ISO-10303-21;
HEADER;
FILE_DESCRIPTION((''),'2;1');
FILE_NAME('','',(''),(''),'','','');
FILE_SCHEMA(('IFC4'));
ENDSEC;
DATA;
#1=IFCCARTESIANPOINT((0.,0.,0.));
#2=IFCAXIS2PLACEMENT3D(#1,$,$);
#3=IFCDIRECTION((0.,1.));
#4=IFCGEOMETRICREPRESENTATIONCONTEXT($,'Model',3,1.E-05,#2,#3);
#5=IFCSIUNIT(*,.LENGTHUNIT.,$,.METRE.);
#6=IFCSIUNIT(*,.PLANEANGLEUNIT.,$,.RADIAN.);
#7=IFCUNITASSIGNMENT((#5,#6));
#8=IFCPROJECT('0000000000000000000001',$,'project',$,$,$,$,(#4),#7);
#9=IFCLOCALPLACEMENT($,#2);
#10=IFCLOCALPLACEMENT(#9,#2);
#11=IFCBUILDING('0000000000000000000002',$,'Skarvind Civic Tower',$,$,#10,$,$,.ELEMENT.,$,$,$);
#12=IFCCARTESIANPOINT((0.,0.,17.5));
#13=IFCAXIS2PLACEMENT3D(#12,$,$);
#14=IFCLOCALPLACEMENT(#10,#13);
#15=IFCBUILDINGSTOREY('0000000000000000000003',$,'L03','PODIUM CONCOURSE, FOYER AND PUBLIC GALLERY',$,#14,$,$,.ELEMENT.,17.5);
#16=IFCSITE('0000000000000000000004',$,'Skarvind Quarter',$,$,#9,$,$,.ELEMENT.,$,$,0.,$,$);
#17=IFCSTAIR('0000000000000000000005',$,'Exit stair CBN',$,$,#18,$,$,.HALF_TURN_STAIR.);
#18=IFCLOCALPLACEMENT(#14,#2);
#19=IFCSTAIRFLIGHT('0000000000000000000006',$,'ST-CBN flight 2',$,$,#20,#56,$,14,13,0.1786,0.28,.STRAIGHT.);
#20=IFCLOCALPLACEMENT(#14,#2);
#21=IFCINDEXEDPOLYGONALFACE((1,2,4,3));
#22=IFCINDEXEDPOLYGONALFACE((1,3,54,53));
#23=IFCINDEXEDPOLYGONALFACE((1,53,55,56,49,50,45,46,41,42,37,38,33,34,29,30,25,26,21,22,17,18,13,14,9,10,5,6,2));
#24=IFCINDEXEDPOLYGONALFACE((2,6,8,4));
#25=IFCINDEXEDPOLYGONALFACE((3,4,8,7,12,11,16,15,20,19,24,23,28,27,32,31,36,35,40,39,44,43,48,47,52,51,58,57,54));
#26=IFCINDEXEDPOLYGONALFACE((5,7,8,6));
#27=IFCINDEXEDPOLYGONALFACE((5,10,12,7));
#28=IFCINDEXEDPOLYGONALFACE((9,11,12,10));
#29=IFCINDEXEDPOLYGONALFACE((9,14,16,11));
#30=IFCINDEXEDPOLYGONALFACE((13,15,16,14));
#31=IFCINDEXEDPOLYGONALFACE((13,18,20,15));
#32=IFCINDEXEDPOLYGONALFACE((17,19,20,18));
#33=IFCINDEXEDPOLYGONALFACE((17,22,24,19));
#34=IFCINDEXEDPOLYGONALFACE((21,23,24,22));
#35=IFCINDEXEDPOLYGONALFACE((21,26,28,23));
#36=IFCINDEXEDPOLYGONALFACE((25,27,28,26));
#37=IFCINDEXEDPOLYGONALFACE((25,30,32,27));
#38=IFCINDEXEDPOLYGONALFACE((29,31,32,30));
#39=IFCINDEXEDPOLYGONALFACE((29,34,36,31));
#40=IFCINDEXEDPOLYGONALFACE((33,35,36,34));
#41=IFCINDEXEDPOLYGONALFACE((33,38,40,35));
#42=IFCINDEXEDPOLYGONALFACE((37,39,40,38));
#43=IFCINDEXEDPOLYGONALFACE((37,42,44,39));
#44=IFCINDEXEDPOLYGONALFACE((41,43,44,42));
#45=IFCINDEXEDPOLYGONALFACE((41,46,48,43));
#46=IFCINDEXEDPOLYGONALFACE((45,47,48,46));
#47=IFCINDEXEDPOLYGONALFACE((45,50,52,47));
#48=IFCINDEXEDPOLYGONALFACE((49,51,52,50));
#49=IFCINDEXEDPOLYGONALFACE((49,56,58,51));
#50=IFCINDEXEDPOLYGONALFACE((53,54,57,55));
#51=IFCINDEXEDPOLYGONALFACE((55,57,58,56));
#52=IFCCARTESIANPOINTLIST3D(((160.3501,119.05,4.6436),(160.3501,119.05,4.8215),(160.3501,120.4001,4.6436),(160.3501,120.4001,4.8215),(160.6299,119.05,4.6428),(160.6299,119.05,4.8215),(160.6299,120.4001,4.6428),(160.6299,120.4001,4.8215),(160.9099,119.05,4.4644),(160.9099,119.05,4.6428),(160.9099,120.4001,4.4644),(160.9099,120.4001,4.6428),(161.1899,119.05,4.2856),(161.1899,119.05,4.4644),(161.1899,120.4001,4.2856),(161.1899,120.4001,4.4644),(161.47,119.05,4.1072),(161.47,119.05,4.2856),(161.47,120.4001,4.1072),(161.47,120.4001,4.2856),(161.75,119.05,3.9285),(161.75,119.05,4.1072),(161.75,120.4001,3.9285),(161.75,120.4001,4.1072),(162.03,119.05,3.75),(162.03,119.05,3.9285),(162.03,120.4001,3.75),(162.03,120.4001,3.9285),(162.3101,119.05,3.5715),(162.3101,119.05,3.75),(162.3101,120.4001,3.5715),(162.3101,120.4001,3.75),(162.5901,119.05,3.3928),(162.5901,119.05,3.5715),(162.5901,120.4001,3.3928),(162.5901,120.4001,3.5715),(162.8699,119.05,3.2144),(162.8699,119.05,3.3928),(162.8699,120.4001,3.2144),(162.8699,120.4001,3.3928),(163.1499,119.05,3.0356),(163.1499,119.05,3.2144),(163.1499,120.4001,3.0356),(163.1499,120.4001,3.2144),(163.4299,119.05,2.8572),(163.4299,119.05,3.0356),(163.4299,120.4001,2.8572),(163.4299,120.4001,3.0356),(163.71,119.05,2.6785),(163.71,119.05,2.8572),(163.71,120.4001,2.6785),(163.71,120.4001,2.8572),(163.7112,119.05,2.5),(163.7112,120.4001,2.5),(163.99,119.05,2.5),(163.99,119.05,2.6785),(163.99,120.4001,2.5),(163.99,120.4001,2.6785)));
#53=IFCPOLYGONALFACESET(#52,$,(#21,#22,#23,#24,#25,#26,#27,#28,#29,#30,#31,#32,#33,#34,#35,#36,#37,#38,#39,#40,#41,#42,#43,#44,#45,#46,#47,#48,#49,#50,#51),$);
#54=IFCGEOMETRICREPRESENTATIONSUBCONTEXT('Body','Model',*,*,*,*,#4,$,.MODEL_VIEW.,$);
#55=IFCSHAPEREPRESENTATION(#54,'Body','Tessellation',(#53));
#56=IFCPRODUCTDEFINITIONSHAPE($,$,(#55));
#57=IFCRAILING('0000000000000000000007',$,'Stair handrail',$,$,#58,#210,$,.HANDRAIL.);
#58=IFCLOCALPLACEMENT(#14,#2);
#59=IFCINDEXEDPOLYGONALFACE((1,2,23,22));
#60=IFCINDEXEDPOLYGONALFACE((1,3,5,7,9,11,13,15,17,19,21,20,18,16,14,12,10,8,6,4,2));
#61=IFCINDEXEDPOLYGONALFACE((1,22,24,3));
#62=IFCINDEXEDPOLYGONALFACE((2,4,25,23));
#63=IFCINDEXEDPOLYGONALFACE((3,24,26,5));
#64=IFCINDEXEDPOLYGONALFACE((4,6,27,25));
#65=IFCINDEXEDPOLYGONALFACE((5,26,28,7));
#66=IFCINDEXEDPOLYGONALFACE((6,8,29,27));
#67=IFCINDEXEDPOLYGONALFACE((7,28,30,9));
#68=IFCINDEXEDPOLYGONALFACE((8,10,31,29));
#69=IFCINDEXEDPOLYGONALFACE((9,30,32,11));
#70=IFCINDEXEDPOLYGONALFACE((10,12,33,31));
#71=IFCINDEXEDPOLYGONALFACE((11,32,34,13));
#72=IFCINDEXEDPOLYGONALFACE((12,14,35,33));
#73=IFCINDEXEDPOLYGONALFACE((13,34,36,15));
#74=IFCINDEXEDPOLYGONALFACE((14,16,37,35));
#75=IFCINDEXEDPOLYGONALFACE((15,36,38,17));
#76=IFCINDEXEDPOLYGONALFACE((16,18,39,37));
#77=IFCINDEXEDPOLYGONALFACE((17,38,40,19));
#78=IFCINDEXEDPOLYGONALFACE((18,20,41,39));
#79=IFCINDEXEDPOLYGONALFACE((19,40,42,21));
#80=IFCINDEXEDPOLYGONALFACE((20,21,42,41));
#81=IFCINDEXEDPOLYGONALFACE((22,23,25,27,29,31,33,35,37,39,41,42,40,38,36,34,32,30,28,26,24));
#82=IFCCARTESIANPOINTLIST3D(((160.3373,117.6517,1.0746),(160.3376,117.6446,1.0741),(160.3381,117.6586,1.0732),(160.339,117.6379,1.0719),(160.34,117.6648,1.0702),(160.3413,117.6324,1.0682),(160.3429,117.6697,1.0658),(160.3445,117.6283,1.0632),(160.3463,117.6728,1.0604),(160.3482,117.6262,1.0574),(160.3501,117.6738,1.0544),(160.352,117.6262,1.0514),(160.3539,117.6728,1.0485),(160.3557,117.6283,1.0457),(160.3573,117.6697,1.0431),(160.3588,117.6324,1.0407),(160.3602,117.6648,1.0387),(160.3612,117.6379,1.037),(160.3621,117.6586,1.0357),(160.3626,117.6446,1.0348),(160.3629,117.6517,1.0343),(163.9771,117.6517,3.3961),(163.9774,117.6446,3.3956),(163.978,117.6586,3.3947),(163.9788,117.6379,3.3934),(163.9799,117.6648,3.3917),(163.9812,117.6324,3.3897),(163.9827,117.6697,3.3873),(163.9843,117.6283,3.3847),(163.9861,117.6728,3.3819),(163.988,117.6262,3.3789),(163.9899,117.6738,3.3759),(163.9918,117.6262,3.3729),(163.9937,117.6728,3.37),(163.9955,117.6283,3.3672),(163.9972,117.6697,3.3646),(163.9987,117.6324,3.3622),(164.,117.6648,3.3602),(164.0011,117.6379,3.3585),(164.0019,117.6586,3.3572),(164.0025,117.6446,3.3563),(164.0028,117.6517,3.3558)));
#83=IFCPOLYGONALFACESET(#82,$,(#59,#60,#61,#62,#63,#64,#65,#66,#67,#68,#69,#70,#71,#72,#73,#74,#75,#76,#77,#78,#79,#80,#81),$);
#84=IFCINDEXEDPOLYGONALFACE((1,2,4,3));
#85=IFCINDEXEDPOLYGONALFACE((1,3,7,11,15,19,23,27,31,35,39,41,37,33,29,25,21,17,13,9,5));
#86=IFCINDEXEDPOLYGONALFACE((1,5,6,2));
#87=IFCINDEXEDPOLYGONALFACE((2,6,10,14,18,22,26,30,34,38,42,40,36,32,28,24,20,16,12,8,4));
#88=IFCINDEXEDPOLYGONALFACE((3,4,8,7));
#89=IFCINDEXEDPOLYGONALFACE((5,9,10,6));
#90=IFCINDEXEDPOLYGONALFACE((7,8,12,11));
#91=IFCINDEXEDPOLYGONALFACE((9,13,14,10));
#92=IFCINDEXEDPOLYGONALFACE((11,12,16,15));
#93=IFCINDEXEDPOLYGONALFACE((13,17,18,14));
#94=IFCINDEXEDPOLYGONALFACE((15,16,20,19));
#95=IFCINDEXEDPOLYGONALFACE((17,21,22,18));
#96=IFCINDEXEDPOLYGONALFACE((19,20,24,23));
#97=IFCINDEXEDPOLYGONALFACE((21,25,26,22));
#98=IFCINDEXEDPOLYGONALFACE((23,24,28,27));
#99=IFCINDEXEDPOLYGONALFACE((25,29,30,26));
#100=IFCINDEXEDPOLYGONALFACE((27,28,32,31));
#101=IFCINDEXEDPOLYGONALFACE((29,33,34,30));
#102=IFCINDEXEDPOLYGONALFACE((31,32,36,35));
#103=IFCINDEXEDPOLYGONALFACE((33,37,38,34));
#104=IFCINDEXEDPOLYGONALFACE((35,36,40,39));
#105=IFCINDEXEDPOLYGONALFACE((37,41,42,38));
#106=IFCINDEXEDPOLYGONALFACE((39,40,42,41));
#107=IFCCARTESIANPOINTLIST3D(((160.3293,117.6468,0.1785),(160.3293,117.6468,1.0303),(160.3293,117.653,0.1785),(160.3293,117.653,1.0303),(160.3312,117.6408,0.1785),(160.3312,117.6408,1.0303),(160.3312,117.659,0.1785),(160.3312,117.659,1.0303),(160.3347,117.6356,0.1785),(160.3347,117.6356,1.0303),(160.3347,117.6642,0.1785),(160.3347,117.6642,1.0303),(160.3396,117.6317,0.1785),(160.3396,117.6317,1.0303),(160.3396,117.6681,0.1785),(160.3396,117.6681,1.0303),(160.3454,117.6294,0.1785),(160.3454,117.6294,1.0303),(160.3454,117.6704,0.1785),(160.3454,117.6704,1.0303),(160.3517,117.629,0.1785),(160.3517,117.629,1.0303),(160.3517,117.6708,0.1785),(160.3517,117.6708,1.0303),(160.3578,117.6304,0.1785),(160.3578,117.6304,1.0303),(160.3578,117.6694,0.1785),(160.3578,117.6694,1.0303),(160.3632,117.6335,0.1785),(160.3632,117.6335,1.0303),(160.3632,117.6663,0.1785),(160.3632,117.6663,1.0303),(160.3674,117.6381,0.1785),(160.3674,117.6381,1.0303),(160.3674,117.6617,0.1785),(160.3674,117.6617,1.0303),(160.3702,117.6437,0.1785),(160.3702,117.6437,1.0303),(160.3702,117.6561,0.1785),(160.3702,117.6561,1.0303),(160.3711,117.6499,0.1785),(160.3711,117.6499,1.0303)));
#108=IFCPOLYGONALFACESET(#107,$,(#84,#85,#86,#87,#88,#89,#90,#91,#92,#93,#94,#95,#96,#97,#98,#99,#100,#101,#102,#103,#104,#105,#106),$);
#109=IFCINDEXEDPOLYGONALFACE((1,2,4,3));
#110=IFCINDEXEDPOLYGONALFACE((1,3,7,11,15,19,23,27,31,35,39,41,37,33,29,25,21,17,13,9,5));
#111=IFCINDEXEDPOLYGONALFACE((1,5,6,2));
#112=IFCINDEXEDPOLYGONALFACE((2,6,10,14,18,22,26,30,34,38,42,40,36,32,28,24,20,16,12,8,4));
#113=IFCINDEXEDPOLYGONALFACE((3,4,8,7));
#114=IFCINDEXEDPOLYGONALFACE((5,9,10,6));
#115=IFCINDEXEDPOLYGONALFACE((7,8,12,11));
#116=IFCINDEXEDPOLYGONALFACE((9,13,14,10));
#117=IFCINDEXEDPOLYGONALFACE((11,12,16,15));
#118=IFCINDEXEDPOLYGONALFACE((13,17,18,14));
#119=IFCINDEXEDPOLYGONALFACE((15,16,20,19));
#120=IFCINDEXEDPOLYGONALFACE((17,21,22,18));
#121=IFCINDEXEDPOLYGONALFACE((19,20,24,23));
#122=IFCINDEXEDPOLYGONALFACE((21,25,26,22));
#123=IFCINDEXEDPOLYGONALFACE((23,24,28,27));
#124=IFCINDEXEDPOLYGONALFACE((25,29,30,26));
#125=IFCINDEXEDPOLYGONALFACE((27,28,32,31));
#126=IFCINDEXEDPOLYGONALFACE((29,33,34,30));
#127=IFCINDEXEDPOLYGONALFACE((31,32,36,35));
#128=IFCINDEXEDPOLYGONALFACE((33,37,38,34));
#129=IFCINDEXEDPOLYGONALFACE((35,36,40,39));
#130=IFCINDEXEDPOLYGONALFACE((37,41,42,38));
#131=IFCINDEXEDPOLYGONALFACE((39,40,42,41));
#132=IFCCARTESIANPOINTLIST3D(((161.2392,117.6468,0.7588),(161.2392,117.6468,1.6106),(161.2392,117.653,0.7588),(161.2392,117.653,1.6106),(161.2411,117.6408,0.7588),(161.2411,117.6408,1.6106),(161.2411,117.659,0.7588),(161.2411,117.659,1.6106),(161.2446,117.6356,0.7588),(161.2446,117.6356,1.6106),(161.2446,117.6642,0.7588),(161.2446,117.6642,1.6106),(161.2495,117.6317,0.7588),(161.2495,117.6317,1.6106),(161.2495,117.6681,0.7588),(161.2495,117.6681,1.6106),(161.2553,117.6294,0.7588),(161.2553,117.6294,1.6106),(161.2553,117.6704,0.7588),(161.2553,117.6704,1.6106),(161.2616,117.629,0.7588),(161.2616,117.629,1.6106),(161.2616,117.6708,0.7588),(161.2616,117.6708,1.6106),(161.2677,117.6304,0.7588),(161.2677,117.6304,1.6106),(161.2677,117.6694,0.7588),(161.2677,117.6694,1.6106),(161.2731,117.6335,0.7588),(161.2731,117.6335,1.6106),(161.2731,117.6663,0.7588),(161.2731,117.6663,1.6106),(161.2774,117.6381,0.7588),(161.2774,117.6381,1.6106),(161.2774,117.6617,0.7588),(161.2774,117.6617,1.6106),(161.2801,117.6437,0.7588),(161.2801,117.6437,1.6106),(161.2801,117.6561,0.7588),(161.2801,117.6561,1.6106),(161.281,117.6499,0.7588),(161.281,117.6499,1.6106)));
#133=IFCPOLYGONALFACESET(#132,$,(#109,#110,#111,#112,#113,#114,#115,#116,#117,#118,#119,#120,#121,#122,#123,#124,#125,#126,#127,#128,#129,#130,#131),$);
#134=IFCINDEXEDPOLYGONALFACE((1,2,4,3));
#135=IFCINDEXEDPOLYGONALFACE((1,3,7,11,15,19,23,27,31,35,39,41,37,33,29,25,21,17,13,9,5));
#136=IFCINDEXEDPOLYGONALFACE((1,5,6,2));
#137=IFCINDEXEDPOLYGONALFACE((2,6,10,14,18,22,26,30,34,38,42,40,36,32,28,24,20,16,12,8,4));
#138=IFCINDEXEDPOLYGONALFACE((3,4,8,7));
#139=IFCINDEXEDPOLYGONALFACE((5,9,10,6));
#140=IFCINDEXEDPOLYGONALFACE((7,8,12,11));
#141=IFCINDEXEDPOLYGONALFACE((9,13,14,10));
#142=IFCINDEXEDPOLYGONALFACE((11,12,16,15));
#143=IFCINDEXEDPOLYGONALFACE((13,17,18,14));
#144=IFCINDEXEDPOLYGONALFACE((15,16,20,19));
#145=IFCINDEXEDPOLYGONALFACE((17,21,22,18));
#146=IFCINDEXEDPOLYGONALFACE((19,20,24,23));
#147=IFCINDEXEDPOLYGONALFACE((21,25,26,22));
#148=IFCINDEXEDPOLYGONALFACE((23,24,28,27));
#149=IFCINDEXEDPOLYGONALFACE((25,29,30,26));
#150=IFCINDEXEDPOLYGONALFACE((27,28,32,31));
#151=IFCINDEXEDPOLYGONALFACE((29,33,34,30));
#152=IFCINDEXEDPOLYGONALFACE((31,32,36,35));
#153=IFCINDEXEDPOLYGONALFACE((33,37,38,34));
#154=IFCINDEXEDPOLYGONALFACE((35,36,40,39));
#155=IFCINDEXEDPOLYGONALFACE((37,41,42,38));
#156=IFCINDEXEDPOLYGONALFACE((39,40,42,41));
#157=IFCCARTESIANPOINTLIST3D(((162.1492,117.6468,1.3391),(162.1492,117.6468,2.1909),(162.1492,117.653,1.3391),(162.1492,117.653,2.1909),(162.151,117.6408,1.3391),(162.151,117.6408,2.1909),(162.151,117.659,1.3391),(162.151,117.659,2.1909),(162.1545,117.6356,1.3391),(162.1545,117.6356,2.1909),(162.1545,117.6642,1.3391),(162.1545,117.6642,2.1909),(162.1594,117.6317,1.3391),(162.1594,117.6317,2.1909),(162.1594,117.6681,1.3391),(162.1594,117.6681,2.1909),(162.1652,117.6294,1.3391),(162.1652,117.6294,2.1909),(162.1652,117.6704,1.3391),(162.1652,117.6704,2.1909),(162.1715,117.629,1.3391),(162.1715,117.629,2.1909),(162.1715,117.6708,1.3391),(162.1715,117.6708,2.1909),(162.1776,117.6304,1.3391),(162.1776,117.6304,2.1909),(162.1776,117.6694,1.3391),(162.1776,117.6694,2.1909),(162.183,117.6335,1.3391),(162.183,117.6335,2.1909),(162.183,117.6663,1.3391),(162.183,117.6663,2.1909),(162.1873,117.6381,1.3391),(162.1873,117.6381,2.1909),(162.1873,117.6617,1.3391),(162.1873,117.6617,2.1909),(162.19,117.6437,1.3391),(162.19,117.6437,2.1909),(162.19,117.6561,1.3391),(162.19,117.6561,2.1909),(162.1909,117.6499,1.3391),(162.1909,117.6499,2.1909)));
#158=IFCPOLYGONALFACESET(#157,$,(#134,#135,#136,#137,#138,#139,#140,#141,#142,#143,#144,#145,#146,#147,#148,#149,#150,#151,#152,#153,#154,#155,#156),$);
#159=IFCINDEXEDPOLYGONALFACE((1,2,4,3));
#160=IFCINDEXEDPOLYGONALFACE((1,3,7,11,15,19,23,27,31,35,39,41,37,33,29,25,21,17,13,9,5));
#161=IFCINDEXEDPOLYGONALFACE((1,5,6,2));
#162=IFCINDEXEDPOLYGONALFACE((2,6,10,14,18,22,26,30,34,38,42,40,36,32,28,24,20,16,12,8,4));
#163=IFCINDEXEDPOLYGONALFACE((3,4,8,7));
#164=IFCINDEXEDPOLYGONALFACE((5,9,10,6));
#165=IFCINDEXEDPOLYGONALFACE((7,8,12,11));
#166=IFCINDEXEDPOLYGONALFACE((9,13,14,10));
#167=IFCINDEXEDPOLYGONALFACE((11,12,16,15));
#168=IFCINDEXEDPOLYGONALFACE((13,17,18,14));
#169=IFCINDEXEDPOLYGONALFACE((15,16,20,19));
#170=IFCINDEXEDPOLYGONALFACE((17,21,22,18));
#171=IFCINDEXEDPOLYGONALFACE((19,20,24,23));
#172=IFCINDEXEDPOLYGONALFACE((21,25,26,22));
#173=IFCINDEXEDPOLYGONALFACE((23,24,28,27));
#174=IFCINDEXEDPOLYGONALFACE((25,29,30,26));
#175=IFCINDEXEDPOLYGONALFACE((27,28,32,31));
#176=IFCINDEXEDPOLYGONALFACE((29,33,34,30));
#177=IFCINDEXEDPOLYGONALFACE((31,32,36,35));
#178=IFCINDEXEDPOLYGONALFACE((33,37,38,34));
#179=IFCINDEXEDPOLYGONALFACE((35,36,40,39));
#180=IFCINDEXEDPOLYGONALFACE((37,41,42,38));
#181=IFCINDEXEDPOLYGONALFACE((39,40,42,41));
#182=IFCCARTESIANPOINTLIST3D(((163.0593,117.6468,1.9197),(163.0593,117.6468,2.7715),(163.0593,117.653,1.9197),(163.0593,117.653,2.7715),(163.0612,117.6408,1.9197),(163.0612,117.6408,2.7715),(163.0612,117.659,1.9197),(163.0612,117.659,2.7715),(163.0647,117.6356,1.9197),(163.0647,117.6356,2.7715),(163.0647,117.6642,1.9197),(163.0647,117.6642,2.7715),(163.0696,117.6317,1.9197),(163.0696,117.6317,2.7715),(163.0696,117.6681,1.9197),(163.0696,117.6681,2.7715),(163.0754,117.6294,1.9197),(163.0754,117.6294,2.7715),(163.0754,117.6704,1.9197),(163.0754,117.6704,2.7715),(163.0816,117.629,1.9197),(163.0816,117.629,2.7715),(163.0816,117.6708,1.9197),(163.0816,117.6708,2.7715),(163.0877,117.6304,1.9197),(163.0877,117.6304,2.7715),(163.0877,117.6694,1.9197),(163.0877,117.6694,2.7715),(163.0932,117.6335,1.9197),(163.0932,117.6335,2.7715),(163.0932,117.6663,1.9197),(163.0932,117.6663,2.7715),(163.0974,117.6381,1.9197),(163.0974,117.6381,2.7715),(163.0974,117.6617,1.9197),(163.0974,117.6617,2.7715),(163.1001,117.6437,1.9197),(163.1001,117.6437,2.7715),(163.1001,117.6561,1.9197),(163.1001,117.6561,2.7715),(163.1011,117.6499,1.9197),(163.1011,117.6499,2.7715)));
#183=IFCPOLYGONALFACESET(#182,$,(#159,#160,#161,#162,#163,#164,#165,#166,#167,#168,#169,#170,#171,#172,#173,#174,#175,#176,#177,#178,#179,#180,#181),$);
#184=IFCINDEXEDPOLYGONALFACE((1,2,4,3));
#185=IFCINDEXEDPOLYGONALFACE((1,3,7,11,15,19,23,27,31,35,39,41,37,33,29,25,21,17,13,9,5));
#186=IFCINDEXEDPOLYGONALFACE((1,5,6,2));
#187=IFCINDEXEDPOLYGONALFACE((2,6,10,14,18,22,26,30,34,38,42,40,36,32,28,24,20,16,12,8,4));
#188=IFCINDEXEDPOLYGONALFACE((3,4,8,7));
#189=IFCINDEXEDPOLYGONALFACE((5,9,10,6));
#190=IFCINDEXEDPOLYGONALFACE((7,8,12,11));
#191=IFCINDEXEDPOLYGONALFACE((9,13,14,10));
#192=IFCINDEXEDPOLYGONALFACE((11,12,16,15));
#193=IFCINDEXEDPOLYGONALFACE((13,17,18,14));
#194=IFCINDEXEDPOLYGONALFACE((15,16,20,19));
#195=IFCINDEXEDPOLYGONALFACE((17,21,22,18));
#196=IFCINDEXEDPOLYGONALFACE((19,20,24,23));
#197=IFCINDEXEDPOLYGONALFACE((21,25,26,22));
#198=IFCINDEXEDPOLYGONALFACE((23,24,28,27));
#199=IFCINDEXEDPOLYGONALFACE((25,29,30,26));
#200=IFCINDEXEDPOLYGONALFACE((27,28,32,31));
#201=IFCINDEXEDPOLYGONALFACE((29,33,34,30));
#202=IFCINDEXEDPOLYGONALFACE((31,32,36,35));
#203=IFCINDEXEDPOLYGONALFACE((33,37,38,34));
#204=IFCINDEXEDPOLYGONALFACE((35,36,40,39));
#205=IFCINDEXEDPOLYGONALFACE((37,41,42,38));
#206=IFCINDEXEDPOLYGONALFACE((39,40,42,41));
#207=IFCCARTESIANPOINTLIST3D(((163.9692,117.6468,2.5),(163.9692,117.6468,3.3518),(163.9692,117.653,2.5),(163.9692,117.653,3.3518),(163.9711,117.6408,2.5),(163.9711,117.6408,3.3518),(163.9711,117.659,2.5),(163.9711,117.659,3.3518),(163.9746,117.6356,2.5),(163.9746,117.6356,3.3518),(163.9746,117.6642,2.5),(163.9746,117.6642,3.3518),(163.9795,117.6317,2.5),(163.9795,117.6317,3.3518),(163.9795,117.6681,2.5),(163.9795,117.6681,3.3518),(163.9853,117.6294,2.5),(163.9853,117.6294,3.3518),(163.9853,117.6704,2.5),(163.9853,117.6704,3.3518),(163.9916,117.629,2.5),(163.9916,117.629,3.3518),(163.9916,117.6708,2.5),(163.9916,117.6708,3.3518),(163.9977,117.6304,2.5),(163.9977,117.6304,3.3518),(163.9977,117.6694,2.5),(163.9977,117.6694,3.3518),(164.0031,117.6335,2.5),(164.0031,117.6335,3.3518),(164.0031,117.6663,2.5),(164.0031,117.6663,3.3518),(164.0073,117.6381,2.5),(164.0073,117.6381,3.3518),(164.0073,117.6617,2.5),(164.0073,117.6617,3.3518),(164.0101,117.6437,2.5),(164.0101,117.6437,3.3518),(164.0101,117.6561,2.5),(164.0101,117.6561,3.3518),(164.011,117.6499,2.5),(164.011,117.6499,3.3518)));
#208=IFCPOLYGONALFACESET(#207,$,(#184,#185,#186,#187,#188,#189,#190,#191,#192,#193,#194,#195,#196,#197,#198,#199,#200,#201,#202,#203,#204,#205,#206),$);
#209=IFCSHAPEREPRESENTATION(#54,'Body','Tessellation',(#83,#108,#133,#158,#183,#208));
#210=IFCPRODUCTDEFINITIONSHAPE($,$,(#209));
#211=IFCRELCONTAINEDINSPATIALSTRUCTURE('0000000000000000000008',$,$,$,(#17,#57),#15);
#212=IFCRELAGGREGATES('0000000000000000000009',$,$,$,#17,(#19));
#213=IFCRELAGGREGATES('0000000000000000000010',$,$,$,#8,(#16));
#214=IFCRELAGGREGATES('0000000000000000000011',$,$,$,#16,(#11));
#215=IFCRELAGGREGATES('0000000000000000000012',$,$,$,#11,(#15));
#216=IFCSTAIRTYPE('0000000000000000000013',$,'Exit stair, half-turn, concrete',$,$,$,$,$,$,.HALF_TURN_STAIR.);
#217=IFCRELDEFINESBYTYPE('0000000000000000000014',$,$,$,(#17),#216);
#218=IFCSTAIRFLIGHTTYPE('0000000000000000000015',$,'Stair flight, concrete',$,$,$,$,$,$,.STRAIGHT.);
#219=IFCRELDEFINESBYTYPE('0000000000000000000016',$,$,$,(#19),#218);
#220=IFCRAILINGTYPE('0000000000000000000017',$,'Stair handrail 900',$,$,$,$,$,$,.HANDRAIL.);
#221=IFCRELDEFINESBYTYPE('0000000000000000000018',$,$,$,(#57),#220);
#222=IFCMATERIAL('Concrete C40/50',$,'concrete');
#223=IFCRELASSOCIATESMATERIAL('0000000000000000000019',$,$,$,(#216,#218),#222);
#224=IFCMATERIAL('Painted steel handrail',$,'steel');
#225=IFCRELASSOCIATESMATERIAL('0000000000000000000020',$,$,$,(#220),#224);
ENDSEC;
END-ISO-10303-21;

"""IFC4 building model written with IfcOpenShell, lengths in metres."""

from ifc_helpers import new_model, si_unit, direction, frame, origin, origin_2d, place, context, subcontext, project, spatial, polyline, circle, outline, extrude, material, type_object, element, aggregate, save


model = new_model("IFC4")

# Units and contexts
model_context = context("Model", 3, precision=1e-05, world=origin(), true_north=direction((0.0, 1.0)))
body_context = subcontext(model_context, "Body", "Model", "MODEL_VIEW")
ifc_project = project(units=[si_unit("LENGTHUNIT", "METRE"), si_unit("PLANEANGLEUNIT", "RADIAN")], contexts=[model_context])

# Site, building, storey
site_placement = place(None, origin())
site = spatial("IfcSite", under=ifc_project, at=site_placement, Name="Skarvind Quarter", CompositionType="ELEMENT", RefElevation=0.0)
building_placement = place(site_placement, origin())
building = spatial("IfcBuilding", under=site, at=building_placement, Name="Skarvind Civic Tower", CompositionType="ELEMENT")
storey_placement = place(building_placement, frame((0.0, 0.0, 17.5)))
storey = spatial("IfcBuildingStorey", under=building, at=storey_placement, Name="L03", Description="PODIUM CONCOURSE, FOYER AND PUBLIC GALLERY", CompositionType="ELEMENT", Elevation=17.5)

# Stair, stair flight
ifc_material_1 = material(Name="Concrete C40/50", Category="concrete")
stair_type = type_object("IfcStairType", Name="Exit stair, half-turn, concrete", PredefinedType="HALF_TURN_STAIR", material=ifc_material_1)
stair_placement = place(storey_placement, origin())
stair = element("IfcStair", 1, at=stair_placement, inside=storey, type_object=stair_type, Name="Exit stair CBN", PredefinedType="HALF_TURN_STAIR")
stair_flight_type = type_object("IfcStairFlightType", Name="Stair flight, concrete", PredefinedType="STRAIGHT", material=ifc_material_1)
stair_flight_1_placement = place(storey_placement, frame((163.99, 119.7251, 2.5), z_axis=(0.0, 0.0, 1.0), x_axis=(-1.0, 0.0, 0.0)))
stair_flight_1 = element("IfcStairFlight", 2, at=stair_flight_1_placement, type_object=stair_flight_type, Name="ST-CBN flight 2", NumberOfRisers=14, NumberOfTreads=13, PredefinedType="STRAIGHT", RiserHeight=0.1786, TreadLength=0.28, context=body_context, shape_type="SweptSolid", body=[
    extrude(outline(polyline([(0.0, 0.0), (0.0, 0.1785), (0.28, 0.1785), (0.28, 0.3572), (0.5601, 0.3572), (0.5601, 0.5356), (0.8401, 0.5356), (0.8401, 0.7144), (1.1201, 0.7144), (1.1201, 0.8928), (1.3999, 0.8928), (1.3999, 1.0715), (1.6799, 1.0715), (1.6799, 1.25), (1.96, 1.25), (1.96, 1.4285), (2.24, 1.4285), (2.24, 1.6072), (2.52, 1.6072), (2.52, 1.7856), (2.8, 1.7856), (2.8, 1.9644), (3.0801, 1.9644), (3.0801, 2.1428), (3.3601, 2.1428), (3.3601, 2.3215), (3.6399, 2.3215), (3.6399, 2.5), (3.6399, 2.1436), (0.2788, 0.0), (0.0, 0.0)])), frame((0.0, 0.675, 0.0), z_axis=(0.0, -1.0, 0.0), x_axis=(1.0, 0.0, 0.0)), (0.0, 0.0, 1.0), 1.3501),
])
aggregate(stair, [stair_flight_1])

# Railing
ifc_material_2 = material(Name="Painted steel handrail", Category="steel")
railing_type = type_object("IfcRailingType", Name="Stair handrail 900", PredefinedType="HANDRAIL", material=ifc_material_2)
railing_1_placement = place(storey_placement, frame((160.3501, 117.6499, 0.1785)))
element("IfcRailing", 3, at=railing_1_placement, inside=storey, type_object=railing_type, Name="Stair handrail", PredefinedType="HANDRAIL", context=body_context, shape_type="SweptSolid", body=[
    extrude(circle(Radius=0.0239, at=origin_2d()), frame((0.0, 0.0, 0.876), z_axis=(0.843112, 0.0, 0.537739), x_axis=(0.0, 1.0, 0.0)), (0.0, 0.0, 1.0), 4.3171),
    extrude(circle(Radius=0.021, at=origin_2d()), origin(), (0.0, 0.0, 1.0), 0.8518),
    extrude(circle(Radius=0.021, at=origin_2d()), frame((0.9099, 0.0, 0.5803)), (0.0, 0.0, 1.0), 0.8518),
    extrude(circle(Radius=0.021, at=origin_2d()), frame((1.8198, 0.0, 1.1606)), (0.0, 0.0, 1.0), 0.8518),
    extrude(circle(Radius=0.021, at=origin_2d()), frame((2.73, 0.0, 1.7412)), (0.0, 0.0, 1.0), 0.8518),
    extrude(circle(Radius=0.021, at=origin_2d()), frame((3.6399, 0.0, 2.3215)), (0.0, 0.0, 1.0), 0.8518),
])

save(model, "model.ifc")
